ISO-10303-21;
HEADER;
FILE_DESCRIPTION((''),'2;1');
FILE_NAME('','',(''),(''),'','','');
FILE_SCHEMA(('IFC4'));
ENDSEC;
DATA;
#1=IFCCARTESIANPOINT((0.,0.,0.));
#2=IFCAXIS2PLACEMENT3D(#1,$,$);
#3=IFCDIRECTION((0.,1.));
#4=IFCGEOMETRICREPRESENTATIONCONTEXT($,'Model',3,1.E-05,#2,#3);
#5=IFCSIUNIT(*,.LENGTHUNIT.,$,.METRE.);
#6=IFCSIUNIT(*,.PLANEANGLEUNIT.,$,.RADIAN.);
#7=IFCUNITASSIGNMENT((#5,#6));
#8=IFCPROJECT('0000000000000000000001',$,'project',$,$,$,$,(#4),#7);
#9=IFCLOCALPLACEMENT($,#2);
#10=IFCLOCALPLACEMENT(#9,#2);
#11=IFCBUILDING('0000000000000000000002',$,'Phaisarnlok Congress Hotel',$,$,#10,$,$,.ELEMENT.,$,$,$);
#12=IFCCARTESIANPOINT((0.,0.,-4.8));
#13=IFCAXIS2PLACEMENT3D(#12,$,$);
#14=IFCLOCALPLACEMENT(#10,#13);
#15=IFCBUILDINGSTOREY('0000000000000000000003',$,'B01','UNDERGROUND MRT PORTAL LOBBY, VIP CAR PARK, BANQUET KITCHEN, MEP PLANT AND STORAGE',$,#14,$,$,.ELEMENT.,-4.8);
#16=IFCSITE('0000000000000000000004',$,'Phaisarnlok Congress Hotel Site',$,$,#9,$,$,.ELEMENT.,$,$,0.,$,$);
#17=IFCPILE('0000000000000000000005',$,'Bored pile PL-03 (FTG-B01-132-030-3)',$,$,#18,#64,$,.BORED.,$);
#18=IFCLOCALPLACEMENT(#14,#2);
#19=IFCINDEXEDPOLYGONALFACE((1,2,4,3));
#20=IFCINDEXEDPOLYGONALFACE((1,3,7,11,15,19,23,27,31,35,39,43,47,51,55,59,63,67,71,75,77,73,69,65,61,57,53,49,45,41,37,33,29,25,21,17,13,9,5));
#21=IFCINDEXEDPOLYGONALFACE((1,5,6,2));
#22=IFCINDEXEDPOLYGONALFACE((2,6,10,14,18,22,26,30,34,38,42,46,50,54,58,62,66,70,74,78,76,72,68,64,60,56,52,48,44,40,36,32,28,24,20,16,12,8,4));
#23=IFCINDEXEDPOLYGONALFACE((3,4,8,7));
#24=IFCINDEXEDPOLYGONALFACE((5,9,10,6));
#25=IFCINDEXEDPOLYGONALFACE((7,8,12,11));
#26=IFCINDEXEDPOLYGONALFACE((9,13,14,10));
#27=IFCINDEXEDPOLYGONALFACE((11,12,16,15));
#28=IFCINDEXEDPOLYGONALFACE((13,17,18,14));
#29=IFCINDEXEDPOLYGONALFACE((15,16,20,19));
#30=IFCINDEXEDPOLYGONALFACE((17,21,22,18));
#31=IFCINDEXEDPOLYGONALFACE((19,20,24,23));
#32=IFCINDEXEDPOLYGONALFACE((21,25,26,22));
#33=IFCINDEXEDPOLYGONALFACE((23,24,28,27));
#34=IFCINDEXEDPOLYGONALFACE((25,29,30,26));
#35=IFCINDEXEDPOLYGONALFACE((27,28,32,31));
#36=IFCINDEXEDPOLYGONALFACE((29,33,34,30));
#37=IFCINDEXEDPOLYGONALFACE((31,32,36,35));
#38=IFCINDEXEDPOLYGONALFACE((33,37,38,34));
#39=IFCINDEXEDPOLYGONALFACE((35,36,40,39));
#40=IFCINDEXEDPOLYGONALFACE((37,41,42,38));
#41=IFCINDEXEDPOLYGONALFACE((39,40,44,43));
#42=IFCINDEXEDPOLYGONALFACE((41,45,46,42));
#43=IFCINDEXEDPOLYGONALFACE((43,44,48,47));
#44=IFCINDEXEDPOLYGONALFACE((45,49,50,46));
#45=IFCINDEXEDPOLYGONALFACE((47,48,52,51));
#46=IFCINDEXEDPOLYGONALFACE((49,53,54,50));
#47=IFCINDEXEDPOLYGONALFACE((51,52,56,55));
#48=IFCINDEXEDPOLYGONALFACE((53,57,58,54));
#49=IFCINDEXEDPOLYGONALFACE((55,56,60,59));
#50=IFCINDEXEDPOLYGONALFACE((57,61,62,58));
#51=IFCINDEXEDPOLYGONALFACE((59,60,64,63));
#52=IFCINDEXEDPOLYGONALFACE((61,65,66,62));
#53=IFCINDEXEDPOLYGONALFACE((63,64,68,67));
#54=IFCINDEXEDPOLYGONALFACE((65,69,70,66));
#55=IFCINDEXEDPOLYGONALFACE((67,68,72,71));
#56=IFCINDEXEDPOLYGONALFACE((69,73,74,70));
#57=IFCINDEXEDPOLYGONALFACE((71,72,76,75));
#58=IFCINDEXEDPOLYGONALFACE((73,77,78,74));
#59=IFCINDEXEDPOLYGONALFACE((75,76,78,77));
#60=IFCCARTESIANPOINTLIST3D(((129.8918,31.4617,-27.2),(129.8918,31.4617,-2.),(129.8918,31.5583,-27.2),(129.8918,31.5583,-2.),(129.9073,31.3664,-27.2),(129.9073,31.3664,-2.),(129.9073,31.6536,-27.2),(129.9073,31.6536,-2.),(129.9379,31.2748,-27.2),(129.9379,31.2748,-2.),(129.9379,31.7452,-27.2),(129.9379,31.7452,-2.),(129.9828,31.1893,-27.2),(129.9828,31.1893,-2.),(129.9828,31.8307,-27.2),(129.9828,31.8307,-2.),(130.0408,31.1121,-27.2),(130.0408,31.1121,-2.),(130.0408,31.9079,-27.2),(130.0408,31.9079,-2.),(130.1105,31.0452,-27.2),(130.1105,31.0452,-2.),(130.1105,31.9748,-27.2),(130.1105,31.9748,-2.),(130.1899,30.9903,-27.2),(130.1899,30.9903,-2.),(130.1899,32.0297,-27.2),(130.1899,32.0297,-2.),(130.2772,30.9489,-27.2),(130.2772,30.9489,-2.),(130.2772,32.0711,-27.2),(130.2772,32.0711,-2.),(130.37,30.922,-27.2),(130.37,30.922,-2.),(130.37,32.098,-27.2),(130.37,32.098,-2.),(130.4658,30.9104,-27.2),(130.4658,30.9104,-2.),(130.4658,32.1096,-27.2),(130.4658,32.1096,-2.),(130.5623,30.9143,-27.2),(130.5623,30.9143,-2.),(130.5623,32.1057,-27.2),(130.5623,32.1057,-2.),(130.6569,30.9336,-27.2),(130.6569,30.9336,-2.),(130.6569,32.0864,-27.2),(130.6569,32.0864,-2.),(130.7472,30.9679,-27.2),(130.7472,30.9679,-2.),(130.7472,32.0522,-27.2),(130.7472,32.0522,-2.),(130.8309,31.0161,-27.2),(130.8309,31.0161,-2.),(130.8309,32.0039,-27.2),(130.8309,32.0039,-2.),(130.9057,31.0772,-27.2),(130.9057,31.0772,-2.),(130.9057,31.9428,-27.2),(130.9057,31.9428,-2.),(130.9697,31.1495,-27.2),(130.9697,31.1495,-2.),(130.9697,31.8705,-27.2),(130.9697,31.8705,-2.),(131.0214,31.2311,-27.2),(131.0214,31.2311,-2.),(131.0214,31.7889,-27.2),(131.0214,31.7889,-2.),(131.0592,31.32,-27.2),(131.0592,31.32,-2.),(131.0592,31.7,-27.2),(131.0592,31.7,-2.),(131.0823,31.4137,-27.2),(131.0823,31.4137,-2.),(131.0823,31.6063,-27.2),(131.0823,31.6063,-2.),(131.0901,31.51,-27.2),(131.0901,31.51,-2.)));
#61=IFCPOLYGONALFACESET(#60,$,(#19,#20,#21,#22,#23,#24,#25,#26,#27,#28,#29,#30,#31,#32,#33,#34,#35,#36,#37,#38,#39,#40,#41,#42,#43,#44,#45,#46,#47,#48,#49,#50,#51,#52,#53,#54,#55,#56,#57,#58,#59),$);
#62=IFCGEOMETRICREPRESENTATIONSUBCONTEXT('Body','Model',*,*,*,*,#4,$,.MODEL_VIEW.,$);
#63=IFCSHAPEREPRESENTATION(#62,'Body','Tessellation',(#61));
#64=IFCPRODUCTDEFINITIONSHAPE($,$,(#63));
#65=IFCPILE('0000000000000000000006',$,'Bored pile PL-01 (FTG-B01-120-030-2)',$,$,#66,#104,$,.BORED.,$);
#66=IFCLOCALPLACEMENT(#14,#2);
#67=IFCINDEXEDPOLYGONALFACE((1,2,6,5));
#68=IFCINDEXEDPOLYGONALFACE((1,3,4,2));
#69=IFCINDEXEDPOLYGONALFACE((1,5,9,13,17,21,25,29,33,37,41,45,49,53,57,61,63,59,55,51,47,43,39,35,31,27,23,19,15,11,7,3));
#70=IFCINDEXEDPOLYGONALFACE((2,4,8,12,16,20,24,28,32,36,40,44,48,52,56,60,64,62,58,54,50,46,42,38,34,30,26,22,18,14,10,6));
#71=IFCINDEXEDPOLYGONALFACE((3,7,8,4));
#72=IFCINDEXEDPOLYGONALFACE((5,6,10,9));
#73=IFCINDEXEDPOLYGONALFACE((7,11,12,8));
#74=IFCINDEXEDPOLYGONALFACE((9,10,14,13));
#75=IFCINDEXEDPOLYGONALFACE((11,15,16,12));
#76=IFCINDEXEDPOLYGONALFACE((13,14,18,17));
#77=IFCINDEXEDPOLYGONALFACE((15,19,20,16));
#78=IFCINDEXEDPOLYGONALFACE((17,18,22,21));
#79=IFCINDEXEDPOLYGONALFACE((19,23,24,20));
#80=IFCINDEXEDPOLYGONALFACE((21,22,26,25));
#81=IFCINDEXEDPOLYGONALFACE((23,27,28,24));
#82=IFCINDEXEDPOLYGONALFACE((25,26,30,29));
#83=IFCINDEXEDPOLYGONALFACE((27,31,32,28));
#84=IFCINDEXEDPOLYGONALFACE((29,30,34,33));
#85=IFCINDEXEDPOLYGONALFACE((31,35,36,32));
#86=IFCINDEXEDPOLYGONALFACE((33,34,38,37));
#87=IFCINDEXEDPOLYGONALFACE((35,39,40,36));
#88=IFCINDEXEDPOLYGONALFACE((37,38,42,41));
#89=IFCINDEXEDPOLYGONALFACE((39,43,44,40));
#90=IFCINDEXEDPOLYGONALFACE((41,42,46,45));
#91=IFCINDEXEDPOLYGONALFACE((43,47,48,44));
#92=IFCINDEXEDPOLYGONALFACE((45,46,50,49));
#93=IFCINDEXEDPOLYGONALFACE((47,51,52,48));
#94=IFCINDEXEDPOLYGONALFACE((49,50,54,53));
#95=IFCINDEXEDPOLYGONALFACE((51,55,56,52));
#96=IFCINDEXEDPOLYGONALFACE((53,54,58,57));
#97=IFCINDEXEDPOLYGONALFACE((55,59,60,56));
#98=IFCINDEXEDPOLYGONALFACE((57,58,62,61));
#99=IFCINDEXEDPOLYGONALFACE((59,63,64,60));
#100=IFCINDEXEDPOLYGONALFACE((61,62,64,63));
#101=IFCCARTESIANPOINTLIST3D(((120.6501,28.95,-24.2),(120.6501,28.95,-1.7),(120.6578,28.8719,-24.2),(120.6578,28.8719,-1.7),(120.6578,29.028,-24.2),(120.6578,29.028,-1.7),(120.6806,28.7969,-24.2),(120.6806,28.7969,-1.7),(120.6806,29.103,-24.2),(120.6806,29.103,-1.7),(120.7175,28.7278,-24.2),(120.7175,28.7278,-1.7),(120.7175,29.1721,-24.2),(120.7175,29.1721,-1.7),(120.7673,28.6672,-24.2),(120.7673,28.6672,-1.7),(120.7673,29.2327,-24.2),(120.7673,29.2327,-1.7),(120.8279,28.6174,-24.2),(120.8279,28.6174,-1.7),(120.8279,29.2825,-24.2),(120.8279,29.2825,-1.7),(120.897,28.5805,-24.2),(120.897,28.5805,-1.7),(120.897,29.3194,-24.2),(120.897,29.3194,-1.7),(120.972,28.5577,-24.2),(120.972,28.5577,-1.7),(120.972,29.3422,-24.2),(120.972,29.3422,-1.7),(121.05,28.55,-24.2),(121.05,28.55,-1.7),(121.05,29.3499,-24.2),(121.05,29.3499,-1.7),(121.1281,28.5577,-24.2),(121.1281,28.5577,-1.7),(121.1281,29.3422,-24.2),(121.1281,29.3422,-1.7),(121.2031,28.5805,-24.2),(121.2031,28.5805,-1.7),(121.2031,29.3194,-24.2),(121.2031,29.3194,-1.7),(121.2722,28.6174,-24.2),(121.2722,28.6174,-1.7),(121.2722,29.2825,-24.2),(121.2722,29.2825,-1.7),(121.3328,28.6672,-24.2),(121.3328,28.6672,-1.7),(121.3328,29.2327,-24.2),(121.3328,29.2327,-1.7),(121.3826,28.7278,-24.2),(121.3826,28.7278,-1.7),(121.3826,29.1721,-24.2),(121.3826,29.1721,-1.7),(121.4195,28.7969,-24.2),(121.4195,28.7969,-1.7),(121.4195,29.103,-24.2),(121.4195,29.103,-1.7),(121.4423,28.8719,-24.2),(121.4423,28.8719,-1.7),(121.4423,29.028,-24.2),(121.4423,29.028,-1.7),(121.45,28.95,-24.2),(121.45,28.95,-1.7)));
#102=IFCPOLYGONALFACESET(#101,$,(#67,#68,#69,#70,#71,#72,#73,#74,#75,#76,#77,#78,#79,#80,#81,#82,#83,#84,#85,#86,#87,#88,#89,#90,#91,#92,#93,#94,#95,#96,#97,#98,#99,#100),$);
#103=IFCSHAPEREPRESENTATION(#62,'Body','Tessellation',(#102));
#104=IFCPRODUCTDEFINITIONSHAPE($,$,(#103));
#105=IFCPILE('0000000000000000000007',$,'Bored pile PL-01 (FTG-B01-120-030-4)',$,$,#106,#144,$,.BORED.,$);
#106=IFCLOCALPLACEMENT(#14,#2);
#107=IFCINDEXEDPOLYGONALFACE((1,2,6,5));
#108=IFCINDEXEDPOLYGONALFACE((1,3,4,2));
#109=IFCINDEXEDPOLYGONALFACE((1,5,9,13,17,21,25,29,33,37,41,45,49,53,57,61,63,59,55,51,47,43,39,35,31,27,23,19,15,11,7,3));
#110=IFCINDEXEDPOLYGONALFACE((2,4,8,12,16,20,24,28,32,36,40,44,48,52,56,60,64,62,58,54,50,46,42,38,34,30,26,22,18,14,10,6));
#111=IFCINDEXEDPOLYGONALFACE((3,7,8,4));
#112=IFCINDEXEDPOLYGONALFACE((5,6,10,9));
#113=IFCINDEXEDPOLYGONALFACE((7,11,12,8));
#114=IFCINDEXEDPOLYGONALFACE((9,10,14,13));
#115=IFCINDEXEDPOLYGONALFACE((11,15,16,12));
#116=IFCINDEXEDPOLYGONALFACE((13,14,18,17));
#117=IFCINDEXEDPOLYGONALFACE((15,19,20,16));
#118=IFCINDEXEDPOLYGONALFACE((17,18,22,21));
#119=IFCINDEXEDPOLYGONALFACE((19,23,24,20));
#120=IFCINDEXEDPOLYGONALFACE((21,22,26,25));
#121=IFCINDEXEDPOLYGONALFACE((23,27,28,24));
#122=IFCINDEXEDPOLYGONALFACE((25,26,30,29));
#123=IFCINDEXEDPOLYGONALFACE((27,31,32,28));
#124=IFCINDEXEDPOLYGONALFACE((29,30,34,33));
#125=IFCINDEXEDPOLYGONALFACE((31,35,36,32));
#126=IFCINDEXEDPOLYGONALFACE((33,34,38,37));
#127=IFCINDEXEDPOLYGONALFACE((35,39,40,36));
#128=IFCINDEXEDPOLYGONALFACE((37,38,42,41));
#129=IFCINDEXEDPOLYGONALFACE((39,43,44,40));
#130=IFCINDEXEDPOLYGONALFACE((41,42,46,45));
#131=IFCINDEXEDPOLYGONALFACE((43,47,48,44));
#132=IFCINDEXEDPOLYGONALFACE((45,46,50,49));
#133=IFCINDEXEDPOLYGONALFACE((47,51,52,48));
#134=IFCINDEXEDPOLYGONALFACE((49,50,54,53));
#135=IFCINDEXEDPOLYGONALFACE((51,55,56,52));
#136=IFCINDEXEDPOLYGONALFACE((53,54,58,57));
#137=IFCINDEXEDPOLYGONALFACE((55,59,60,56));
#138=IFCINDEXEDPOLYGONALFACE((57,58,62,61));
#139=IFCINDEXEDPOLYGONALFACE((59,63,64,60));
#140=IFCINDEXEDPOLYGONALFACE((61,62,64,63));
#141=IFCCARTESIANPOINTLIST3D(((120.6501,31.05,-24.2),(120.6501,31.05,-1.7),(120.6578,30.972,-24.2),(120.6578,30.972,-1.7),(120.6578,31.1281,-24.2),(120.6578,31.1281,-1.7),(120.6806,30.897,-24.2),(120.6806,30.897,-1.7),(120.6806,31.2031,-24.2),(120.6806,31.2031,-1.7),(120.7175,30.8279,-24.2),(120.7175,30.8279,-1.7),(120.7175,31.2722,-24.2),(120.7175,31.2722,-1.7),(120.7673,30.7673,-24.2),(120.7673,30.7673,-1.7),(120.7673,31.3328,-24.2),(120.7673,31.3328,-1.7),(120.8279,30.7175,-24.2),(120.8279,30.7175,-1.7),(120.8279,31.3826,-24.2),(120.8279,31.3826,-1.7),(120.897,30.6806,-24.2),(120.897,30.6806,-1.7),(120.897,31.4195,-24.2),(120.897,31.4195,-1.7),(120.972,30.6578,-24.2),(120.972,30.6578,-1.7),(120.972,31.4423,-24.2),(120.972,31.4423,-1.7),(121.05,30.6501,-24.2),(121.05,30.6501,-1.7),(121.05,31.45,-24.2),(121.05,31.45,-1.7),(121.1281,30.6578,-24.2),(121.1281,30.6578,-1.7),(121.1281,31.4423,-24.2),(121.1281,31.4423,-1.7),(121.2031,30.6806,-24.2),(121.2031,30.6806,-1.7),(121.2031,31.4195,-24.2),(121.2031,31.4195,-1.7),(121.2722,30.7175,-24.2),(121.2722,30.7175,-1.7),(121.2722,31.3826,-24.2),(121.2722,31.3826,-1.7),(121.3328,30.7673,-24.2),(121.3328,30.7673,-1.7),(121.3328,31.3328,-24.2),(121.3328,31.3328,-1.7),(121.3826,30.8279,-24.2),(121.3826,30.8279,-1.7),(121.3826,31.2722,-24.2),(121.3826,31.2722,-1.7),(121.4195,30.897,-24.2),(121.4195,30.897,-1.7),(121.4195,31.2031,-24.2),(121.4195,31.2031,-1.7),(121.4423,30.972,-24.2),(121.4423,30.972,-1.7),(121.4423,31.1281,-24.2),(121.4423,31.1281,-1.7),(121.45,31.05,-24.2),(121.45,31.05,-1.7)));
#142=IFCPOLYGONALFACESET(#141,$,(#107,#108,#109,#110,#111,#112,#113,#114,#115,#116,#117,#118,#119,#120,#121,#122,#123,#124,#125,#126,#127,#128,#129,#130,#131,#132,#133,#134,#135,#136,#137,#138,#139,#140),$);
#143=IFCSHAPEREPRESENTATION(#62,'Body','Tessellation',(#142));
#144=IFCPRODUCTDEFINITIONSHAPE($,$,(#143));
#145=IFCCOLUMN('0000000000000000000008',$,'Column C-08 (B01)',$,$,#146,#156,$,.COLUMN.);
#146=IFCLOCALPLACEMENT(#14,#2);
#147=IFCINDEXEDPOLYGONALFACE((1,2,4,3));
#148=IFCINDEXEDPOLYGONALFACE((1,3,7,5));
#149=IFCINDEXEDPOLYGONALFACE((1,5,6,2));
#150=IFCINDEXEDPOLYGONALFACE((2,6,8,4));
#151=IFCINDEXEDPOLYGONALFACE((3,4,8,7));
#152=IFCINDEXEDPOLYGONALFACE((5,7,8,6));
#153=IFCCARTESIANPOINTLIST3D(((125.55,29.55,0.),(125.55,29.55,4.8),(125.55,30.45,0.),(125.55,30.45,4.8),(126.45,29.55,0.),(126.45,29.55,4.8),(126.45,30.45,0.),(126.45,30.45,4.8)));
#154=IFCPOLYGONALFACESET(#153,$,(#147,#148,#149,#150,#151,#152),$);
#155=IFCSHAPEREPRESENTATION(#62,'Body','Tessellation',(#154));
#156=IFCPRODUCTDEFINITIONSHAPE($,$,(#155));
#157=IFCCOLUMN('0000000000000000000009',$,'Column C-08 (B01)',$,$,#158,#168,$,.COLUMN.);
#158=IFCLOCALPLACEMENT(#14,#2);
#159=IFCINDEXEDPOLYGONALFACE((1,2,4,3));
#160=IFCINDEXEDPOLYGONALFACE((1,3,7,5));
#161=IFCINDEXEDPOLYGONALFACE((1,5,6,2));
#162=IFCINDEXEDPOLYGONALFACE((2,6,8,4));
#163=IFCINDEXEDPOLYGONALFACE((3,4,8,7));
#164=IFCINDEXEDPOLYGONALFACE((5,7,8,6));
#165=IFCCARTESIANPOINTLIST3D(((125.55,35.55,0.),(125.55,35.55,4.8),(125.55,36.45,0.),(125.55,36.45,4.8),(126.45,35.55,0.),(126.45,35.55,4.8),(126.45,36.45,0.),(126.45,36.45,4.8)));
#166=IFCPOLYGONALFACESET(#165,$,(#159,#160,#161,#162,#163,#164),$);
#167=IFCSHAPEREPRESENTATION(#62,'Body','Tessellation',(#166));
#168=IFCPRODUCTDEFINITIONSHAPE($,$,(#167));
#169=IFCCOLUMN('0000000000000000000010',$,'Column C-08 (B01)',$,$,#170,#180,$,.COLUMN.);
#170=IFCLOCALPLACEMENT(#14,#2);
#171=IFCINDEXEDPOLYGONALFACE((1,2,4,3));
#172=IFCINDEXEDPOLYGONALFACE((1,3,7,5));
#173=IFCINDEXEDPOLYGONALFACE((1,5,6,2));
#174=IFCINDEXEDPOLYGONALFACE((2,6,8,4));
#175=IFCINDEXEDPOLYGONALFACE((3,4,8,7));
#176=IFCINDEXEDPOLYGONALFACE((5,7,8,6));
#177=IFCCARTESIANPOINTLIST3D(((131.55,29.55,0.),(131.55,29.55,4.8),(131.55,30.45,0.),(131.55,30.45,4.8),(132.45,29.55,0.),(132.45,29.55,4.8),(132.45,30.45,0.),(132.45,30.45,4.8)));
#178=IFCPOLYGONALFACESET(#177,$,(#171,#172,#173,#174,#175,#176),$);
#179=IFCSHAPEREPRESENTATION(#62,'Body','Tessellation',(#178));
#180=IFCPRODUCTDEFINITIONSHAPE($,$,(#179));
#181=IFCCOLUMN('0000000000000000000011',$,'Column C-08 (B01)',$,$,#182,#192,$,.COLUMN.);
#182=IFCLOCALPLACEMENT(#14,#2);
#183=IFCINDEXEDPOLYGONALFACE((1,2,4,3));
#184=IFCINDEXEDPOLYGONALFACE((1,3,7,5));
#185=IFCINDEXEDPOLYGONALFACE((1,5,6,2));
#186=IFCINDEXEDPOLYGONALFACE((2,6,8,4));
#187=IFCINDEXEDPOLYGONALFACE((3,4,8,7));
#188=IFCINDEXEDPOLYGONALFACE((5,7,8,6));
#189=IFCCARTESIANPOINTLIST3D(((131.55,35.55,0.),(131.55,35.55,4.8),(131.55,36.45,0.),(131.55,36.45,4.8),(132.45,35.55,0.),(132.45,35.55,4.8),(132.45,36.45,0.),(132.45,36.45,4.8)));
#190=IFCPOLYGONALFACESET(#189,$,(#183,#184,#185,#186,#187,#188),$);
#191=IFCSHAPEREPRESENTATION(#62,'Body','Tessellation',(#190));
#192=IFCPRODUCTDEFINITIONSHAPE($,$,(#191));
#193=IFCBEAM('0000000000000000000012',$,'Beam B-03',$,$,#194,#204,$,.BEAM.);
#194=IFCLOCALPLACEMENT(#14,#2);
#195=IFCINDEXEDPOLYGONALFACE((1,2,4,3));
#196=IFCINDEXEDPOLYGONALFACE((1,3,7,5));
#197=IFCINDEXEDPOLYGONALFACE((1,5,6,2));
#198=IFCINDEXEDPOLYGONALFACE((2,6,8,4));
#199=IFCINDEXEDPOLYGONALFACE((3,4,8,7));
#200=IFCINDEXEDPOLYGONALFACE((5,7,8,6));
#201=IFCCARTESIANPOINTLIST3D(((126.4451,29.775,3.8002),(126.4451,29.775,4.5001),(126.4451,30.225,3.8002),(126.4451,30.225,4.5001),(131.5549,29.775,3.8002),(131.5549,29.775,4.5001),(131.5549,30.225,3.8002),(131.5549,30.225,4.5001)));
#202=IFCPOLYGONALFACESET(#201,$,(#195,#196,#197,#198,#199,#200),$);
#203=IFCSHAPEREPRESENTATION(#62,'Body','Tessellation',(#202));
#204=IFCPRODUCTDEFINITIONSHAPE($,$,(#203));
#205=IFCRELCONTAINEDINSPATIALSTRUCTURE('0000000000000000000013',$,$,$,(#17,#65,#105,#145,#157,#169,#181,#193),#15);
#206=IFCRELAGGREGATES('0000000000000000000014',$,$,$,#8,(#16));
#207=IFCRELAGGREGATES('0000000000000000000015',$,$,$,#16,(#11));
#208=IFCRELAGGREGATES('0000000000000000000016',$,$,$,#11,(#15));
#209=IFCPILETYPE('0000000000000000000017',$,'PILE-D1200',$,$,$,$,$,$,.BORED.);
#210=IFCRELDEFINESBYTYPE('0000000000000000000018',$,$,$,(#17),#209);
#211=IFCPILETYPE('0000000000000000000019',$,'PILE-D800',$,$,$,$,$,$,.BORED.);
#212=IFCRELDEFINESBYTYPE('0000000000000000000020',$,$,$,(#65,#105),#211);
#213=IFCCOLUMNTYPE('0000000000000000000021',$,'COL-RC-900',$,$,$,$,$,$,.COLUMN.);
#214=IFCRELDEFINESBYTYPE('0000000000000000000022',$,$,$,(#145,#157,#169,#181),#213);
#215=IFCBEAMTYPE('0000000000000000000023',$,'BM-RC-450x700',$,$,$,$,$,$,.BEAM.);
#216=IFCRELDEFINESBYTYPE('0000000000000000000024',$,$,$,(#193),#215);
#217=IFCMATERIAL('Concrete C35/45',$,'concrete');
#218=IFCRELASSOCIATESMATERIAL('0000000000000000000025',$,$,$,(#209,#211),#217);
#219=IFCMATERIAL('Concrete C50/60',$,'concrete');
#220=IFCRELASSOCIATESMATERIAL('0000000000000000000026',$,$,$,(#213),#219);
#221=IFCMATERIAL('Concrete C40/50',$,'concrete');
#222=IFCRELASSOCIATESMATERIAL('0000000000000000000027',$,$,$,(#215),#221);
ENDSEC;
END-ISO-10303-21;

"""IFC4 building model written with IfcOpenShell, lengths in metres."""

from ifc_helpers import new_model, si_unit, direction, frame, origin, origin_2d, place, context, subcontext, project, spatial, rectangle, circle, extrude, material, material_profile, profile_set, type_object, element, save


model = new_model("IFC4")

# Units and contexts
model_context = context("Model", 3, precision=1e-05, world=origin(), true_north=direction((0.0, 1.0)))
body_context = subcontext(model_context, "Body", "Model", "MODEL_VIEW")
ifc_project = project(units=[si_unit("LENGTHUNIT", "METRE"), si_unit("PLANEANGLEUNIT", "RADIAN")], contexts=[model_context])

# Site, building, storey
site_placement = place(None, origin())
site = spatial("IfcSite", under=ifc_project, at=site_placement, Name="Phaisarnlok Congress Hotel Site", CompositionType="ELEMENT", RefElevation=0.0)
building_placement = place(site_placement, origin())
building = spatial("IfcBuilding", under=site, at=building_placement, Name="Phaisarnlok Congress Hotel", CompositionType="ELEMENT")
storey_placement = place(building_placement, frame((0.0, 0.0, -4.8)))
storey = spatial("IfcBuildingStorey", under=building, at=storey_placement, Name="B01", Description="UNDERGROUND MRT PORTAL LOBBY, VIP CAR PARK, BANQUET KITCHEN, MEP PLANT AND STORAGE", CompositionType="ELEMENT", Elevation=-4.8)

# Shared definitions
ifc_material_1 = material(Name="Concrete C40/50", Category="concrete")

# Piles
ifc_material_2 = material(Name="Concrete C35/45", Category="concrete")
ifc_material_profile_1 = material_profile(ifc_material_2, circle(Radius=0.6001, at=origin_2d()), Name="BORED PILE D1200")
ifc_profile_set_1 = profile_set([ifc_material_profile_1], Name="Concrete C35/45")
pile_type_1 = type_object("IfcPileType", Name="PILE-D1200", PredefinedType="BORED", material=ifc_profile_set_1)
for number, where, z_axis, x_axis, name in (
    (1, (130.49, 31.51, -2.0), (0.0, 0.0, -1.0), (1.0, 0.0, 0.0), "Bored pile PL-03 (FTG-B01-132-030-3)"),
):
    element("IfcPile", number, at=place(storey_placement, frame(where, z_axis=z_axis, x_axis=x_axis)), inside=storey, type_object=pile_type_1, Name=name, PredefinedType="BORED", context=body_context, shape_type="SweptSolid", body=[
        extrude(circle(Radius=0.6001, at=origin_2d()), origin(), (0.0, 0.0, 1.0), 25.2),
    ])
ifc_material_profile_2 = material_profile(ifc_material_2, circle(Radius=0.3999, at=origin_2d()), Name="BORED PILE D800")
ifc_profile_set_2 = profile_set([ifc_material_profile_2], Name="Concrete C35/45")
pile_type_2 = type_object("IfcPileType", Name="PILE-D800", PredefinedType="BORED", material=ifc_profile_set_2)
for number, where, z_axis, x_axis, name in (
    (2, (121.05, 28.95, -1.7), (0.0, 0.0, -1.0), (1.0, 0.0, 0.0), "Bored pile PL-01 (FTG-B01-120-030-2)"),
    (3, (121.05, 31.05, -1.7), (0.0, 0.0, -1.0), (1.0, 0.0, 0.0), "Bored pile PL-01 (FTG-B01-120-030-4)"),
):
    element("IfcPile", number, at=place(storey_placement, frame(where, z_axis=z_axis, x_axis=x_axis)), inside=storey, type_object=pile_type_2, Name=name, PredefinedType="BORED", context=body_context, shape_type="SweptSolid", body=[
        extrude(circle(Radius=0.3999, at=origin_2d()), origin(), (0.0, 0.0, 1.0), 22.5),
    ])

# Columns
ifc_material_3 = material(Name="Concrete C50/60", Category="concrete")
ifc_material_profile_3 = material_profile(ifc_material_3, rectangle(XDim=0.8999, YDim=0.8999, at=origin_2d()), Name="RC 900x900")
ifc_profile_set_3 = profile_set([ifc_material_profile_3], Name="Concrete C50/60")
column_type = type_object("IfcColumnType", Name="COL-RC-900", PredefinedType="COLUMN", material=ifc_profile_set_3)
for number, where, z_axis, x_axis, name in (
    (4, (126.0, 30.0, 0.0), (0.0, 0.0, 1.0), (1.0, 0.0, 0.0), "Column C-08 (B01)"),
    (5, (126.0, 36.0, 0.0), (0.0, 0.0, 1.0), (1.0, 0.0, 0.0), "Column C-08 (B01)"),
    (6, (132.0, 30.0, 0.0), (0.0, 0.0, 1.0), (1.0, 0.0, 0.0), "Column C-08 (B01)"),
    (7, (132.0, 36.0, 0.0), (0.0, 0.0, 1.0), (1.0, 0.0, 0.0), "Column C-08 (B01)"),
):
    element("IfcColumn", number, at=place(storey_placement, frame(where, z_axis=z_axis, x_axis=x_axis)), inside=storey, type_object=column_type, Name=name, PredefinedType="COLUMN", context=body_context, shape_type="SweptSolid", body=[
        extrude(rectangle(XDim=0.8999, YDim=0.8999, at=origin_2d()), origin(), (0.0, 0.0, 1.0), 4.8),
    ])

# Beam
ifc_material_profile_4 = material_profile(ifc_material_1, rectangle(XDim=0.45, YDim=0.7, at=origin_2d()), Name="RC 450x700")
ifc_profile_set_4 = profile_set([ifc_material_profile_4], Name="Concrete C40/50")
beam_type_1 = type_object("IfcBeamType", Name="BM-RC-450x700", PredefinedType="BEAM", material=ifc_profile_set_4)
beam_placement = place(storey_placement, frame((126.4451, 30.0, 4.1501), z_axis=(1.0, 0.0, 0.0), x_axis=(0.0, 1.0, 0.0)))
element("IfcBeam", 8, at=beam_placement, inside=storey, type_object=beam_type_1, Name="Beam B-03", PredefinedType="BEAM", context=body_context, shape_type="SweptSolid", body=[
    extrude(rectangle(XDim=0.45, YDim=0.7, at=origin_2d()), origin(), (0.0, 0.0, 1.0), 5.1099),
])

save(model, "model.ifc")
